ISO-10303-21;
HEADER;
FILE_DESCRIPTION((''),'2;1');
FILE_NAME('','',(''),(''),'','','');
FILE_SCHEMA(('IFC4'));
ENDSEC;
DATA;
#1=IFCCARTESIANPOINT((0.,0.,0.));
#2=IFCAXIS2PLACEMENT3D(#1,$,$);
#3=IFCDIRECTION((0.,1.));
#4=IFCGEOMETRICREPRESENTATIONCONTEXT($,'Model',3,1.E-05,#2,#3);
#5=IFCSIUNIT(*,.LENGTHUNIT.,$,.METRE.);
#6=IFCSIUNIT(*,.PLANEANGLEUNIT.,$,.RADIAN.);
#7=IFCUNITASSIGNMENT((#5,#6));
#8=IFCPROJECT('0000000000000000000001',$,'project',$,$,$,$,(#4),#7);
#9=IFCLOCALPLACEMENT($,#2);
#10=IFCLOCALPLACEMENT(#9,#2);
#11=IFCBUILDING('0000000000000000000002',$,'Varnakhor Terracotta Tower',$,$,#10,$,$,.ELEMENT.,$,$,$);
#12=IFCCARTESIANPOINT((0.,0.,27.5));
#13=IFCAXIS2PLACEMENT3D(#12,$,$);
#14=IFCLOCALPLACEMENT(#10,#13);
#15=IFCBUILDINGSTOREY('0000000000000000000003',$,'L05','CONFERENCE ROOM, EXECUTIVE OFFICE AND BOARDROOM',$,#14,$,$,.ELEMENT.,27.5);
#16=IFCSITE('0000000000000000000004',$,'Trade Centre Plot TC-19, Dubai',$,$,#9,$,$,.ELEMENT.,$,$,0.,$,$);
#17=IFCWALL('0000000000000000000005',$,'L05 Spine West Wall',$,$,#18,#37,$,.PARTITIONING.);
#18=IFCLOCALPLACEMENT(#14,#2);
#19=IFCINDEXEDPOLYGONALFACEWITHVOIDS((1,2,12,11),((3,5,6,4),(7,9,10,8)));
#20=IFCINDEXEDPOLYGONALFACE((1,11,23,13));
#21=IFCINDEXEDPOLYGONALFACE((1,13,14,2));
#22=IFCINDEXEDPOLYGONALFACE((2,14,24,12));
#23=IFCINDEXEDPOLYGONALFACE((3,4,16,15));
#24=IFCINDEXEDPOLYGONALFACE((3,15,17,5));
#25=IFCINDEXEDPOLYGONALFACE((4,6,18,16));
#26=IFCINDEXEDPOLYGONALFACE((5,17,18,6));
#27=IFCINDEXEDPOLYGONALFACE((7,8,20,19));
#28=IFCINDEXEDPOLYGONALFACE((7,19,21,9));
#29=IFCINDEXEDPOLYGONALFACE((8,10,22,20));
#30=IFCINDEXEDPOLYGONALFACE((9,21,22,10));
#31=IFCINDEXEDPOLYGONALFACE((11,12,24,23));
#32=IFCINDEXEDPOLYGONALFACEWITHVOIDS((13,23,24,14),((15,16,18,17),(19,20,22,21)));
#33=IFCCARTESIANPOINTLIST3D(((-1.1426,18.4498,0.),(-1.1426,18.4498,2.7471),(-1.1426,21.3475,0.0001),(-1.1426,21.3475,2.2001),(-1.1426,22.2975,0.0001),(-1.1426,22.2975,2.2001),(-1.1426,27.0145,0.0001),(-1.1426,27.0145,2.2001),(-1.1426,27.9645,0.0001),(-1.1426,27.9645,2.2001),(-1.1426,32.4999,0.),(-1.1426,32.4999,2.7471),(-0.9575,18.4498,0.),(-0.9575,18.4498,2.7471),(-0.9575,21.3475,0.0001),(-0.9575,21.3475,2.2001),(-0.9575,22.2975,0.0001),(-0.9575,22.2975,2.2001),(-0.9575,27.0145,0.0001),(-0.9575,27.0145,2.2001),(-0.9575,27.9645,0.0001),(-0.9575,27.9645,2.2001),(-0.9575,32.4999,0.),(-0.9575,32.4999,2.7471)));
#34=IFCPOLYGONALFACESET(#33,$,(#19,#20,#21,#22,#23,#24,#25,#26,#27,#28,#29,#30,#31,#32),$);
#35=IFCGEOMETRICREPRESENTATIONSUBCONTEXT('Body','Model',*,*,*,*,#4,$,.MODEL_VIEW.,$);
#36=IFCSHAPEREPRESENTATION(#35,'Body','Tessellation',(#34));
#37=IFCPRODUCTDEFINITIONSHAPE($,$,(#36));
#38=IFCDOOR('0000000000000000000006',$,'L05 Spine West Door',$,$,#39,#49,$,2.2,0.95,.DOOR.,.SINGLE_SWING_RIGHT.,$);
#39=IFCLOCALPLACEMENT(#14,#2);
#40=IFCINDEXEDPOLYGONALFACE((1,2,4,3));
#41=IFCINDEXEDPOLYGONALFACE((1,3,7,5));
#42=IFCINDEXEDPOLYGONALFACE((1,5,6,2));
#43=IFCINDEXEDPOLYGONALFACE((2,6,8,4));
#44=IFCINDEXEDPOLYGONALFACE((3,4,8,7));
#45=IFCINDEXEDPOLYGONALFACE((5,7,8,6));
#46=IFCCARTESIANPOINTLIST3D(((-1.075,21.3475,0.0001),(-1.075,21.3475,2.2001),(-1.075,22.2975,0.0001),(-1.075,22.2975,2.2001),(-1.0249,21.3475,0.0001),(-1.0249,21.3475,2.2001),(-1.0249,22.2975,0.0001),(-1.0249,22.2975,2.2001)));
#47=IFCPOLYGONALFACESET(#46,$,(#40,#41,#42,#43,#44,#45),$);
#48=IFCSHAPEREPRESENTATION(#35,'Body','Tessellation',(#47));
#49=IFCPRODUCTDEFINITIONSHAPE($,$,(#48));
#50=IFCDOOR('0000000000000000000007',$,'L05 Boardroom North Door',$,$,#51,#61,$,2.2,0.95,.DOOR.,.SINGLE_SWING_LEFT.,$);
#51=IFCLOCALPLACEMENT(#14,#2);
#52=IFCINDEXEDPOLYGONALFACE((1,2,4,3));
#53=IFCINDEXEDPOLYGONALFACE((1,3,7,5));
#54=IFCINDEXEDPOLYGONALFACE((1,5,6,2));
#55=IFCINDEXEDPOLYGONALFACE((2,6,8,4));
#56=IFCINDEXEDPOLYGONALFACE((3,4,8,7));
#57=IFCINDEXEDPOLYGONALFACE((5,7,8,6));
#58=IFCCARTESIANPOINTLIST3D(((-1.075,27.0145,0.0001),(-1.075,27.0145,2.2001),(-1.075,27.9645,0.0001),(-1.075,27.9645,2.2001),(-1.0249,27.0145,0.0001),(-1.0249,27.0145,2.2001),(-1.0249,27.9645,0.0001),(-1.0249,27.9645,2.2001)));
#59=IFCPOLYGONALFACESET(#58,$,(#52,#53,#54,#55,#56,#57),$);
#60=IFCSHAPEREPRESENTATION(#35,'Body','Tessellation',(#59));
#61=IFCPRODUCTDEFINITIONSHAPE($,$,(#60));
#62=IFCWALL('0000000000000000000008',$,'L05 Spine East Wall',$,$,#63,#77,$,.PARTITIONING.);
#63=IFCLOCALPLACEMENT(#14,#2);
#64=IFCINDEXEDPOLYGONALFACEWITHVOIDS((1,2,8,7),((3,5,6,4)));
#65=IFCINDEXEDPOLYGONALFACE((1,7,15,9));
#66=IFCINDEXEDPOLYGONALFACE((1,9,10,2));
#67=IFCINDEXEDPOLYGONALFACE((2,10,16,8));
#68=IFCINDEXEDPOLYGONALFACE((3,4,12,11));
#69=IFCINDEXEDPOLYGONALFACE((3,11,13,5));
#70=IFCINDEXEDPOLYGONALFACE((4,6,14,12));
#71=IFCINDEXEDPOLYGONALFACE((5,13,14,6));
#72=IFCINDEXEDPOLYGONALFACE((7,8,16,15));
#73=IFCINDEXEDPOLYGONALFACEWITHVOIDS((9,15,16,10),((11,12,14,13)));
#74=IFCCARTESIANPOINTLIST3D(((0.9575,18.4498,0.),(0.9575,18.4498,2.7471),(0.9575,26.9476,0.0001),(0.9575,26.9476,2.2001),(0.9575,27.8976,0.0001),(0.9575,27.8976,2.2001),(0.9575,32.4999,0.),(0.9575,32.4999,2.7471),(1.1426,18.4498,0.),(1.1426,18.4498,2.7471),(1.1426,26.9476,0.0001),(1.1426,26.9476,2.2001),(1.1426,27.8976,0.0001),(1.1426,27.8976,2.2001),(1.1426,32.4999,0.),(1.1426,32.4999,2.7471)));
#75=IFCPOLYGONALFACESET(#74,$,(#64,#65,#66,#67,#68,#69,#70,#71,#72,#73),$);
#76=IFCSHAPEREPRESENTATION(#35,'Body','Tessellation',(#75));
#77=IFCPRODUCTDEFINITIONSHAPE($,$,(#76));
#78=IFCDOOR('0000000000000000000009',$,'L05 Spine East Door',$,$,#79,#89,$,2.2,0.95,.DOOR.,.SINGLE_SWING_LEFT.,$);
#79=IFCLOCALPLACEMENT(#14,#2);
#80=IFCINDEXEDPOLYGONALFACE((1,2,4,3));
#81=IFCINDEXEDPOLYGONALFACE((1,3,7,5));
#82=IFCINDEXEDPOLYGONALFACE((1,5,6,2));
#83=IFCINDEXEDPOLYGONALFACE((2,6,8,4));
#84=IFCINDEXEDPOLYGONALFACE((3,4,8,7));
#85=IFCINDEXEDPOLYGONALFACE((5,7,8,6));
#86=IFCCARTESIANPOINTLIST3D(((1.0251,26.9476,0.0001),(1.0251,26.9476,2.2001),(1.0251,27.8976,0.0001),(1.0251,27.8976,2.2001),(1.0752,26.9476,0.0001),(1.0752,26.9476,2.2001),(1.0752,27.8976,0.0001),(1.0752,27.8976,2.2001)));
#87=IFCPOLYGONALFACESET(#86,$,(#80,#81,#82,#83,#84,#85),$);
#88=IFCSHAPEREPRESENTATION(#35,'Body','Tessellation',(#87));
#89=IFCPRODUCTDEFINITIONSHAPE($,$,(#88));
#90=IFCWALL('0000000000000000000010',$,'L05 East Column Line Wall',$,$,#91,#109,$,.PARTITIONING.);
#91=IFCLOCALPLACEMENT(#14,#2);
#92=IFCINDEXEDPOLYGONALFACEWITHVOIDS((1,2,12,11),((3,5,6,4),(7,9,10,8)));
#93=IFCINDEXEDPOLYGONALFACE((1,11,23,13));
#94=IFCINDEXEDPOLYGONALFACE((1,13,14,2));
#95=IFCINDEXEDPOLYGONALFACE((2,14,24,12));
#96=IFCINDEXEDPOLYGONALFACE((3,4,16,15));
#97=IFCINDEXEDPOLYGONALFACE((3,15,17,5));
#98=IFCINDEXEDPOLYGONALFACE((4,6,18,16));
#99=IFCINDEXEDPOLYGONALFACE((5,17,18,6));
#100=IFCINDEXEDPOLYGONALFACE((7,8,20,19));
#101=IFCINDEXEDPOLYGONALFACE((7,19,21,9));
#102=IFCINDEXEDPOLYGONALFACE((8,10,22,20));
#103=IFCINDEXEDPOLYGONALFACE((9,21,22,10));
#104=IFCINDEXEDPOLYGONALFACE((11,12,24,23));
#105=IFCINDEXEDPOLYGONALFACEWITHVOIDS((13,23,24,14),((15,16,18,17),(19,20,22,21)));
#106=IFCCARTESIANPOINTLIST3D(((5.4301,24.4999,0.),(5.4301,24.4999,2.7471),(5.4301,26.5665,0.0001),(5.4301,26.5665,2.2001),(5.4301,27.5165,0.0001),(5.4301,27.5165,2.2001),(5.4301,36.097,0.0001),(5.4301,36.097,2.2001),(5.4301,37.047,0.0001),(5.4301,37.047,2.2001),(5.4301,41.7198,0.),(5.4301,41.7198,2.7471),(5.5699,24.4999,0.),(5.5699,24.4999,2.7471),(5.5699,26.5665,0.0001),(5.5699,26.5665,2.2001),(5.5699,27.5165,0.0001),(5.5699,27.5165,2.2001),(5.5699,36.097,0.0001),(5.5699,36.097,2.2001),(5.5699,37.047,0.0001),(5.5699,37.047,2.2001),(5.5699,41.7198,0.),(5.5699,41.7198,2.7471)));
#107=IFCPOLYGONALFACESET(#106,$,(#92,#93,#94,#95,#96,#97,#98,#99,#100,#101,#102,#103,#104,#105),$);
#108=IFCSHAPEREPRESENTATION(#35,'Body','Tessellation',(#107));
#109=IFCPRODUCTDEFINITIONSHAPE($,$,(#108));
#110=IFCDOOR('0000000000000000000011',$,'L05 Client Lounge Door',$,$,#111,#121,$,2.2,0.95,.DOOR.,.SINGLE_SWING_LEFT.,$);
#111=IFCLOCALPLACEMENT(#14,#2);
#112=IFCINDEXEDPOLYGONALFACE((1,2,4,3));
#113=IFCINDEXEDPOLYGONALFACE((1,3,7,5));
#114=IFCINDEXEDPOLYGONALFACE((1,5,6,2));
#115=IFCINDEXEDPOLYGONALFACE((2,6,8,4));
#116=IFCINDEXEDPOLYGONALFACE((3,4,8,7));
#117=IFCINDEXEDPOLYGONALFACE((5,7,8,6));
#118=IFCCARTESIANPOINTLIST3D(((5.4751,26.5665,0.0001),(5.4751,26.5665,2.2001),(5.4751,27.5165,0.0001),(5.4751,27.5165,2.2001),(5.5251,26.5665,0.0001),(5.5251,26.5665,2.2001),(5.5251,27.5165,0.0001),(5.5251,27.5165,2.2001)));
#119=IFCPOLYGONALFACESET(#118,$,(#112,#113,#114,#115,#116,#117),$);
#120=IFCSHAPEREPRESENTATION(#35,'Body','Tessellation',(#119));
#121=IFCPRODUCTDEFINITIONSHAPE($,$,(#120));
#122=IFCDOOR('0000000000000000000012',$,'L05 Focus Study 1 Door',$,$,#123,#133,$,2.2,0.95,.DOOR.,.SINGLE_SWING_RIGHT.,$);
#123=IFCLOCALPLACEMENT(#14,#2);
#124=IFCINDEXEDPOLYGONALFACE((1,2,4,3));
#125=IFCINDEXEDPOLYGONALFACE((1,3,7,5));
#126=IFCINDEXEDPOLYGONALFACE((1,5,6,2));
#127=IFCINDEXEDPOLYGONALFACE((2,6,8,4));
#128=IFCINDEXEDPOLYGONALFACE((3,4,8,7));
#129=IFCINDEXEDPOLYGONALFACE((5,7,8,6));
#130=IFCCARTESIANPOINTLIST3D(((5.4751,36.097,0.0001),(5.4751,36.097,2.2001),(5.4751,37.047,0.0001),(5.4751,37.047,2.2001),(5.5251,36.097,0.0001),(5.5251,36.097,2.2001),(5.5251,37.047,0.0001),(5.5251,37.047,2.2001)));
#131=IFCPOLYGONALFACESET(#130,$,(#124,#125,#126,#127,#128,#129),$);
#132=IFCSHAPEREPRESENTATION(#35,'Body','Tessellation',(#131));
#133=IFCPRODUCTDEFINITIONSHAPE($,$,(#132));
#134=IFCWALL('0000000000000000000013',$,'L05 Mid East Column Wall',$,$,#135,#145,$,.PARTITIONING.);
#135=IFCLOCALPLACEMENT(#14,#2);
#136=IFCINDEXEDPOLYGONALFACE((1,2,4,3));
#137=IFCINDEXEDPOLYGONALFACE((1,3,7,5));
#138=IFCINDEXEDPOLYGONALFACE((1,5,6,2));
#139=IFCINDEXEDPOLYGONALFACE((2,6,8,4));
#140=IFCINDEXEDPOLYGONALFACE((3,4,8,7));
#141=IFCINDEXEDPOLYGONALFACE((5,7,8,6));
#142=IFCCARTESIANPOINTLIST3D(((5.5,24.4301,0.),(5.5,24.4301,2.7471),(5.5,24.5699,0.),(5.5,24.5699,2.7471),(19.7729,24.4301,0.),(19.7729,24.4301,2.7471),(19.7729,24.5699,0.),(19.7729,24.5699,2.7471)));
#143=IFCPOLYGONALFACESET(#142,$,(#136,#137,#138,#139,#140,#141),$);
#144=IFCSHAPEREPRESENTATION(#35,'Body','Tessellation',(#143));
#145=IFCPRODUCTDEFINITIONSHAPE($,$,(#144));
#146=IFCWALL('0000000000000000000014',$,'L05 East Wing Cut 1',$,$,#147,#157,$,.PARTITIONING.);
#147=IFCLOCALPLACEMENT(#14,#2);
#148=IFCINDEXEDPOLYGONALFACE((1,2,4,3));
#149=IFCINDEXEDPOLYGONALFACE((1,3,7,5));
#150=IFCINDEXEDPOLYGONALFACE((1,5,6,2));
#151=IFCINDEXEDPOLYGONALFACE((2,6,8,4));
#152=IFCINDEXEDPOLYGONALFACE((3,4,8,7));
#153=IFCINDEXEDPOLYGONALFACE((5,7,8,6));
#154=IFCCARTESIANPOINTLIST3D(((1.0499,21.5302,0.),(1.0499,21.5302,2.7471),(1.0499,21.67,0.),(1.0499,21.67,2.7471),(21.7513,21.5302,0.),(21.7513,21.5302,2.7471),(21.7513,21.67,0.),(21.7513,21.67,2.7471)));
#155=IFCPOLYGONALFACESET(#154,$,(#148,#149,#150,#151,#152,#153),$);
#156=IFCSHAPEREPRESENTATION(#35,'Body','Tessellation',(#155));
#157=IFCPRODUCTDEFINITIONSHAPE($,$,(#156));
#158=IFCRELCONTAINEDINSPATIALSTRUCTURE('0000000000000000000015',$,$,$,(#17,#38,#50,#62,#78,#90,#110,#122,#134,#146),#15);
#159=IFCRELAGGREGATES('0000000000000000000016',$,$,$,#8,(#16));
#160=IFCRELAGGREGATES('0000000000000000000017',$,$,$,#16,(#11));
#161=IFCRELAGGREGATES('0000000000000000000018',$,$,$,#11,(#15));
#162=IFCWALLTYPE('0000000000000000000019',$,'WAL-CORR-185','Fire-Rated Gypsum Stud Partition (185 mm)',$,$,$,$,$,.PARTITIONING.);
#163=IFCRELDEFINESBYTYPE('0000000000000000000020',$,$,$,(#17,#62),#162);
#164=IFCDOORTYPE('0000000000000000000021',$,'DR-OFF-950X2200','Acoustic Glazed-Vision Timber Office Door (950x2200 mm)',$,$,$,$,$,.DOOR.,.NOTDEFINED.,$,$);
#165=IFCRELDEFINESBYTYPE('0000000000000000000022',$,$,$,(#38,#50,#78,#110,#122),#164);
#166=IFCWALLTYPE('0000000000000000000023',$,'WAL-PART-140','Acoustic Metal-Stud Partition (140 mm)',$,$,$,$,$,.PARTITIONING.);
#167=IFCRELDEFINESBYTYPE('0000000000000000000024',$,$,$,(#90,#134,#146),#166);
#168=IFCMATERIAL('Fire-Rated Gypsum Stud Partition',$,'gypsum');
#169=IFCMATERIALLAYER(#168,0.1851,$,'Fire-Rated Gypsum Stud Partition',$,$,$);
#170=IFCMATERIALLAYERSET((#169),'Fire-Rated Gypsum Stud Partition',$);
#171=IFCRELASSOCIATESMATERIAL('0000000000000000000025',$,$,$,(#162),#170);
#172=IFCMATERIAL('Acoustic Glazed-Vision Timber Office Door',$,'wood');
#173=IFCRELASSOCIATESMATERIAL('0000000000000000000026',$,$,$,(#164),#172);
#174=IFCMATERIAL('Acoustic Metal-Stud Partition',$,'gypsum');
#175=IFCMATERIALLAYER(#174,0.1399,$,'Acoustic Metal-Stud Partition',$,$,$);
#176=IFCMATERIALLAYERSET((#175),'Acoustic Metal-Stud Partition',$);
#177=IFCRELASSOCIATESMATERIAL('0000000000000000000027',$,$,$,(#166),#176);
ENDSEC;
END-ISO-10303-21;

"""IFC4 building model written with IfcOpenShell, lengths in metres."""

from ifc_helpers import new_model, si_unit, direction, frame, frame_2d, origin, place, context, subcontext, project, spatial, rectangle, extrude, source, transform, mapped, material, layer, layer_set, type_object, type_shapes, element, fill, save


model = new_model("IFC4")

# Units and contexts
model_context = context("Model", 3, precision=1e-05, world=origin(), true_north=direction((0.0, 1.0)))
body_context = subcontext(model_context, "Body", "Model", "MODEL_VIEW")
ifc_project = project(units=[si_unit("LENGTHUNIT", "METRE"), si_unit("PLANEANGLEUNIT", "RADIAN")], contexts=[model_context])

# Site, building, storey
site_placement = place(None, origin())
site = spatial("IfcSite", under=ifc_project, at=site_placement, Name="Trade Centre Plot TC-19, Dubai", CompositionType="ELEMENT", RefElevation=0.0)
building_placement = place(site_placement, origin())
building = spatial("IfcBuilding", under=site, at=building_placement, Name="Varnakhor Terracotta Tower", CompositionType="ELEMENT")
storey_placement = place(building_placement, frame((0.0, 0.0, 27.5)))
storey = spatial("IfcBuildingStorey", under=building, at=storey_placement, Name="L05", Description="CONFERENCE ROOM, EXECUTIVE OFFICE AND BOARDROOM", CompositionType="ELEMENT", Elevation=27.5)

# Shared definitions
ifc_material_1 = material(Name="Fire-Rated Gypsum Stud Partition", Category="gypsum")
ifc_layer_1 = layer(ifc_material_1, 0.1851, Name="Fire-Rated Gypsum Stud Partition")
ifc_layer_set_1 = layer_set([ifc_layer_1], Name="Fire-Rated Gypsum Stud Partition")
wall_type_1 = type_object("IfcWallType", Name="WAL-CORR-185", Description="Fire-Rated Gypsum Stud Partition (185 mm)", PredefinedType="PARTITIONING", material=ifc_layer_set_1)
ifc_material_2 = material(Name="Acoustic Glazed-Vision Timber Office Door", Category="wood")
door_type_1 = type_object("IfcDoorType", Name="DR-OFF-950X2200", Description="Acoustic Glazed-Vision Timber Office Door (950x2200 mm)", OperationType="NOTDEFINED", PredefinedType="DOOR", material=ifc_material_2)
shared_shape_1 = source(origin(), body_context, "Body", "SweptSolid", [
    extrude(rectangle(XDim=0.95, YDim=2.2, at=frame_2d((0.4751, 1.1001))), frame((0.0, 0.0249, 0.0), z_axis=(0.0, -1.0, 0.0), x_axis=(1.0, 0.0, 0.0)), (0.0, 0.0, 1.0), 0.05),
])
type_shapes(door_type_1, [shared_shape_1])

# Wall, openings, doors
wall_1_placement = place(storey_placement, frame((-1.05, 18.45, 0.0), z_axis=(0.0, 0.0, 1.0), x_axis=(0.0, 1.0, 0.0)))
wall_1 = element("IfcWall", 1, at=wall_1_placement, inside=storey, type_object=wall_type_1, Name="L05 Spine West Wall", PredefinedType="PARTITIONING", context=body_context, shape_type="SweptSolid", body=[
    extrude(rectangle(XDim=14.05, YDim=0.1851, at=frame_2d((7.0249, 0.0))), origin(), (0.0, 0.0, 1.0), 2.7471),
])
opening_1_placement = place(wall_1_placement, frame((2.8975, 0.0, 0.0)))
opening_1 = element("IfcOpeningElement", 2, at=opening_1_placement, cuts=wall_1, PredefinedType="OPENING", context=body_context, shape_type="SweptSolid", body=[
    extrude(rectangle(XDim=0.95, YDim=2.2, at=frame_2d((0.4751, 1.1001))), frame((0.0, 0.1025, 0.0), z_axis=(0.0, -1.0, 0.0), x_axis=(1.0, 0.0, 0.0)), (0.0, 0.0, 1.0), 0.2051),
])
opening_2_placement = place(wall_1_placement, frame((8.5645, 0.0, 0.0)))
opening_2 = element("IfcOpeningElement", 3, at=opening_2_placement, cuts=wall_1, PredefinedType="OPENING", context=body_context, shape_type="SweptSolid", body=[
    extrude(rectangle(XDim=0.95, YDim=2.2, at=frame_2d((0.4751, 1.1001))), frame((0.0, 0.1025, 0.0), z_axis=(0.0, -1.0, 0.0), x_axis=(1.0, 0.0, 0.0)), (0.0, 0.0, 1.0), 0.2051),
])
door_1_placement = place(opening_1_placement, origin())
door_1 = element("IfcDoor", 4, at=door_1_placement, inside=storey, type_object=door_type_1, Name="L05 Spine West Door", OperationType="SINGLE_SWING_RIGHT", OverallHeight=2.2, OverallWidth=0.95, PredefinedType="DOOR", context=body_context, shape_type="MappedRepresentation", body=[
    mapped(shared_shape_1, transform((0.0, 0.0, 0.0), scale=1.0)),
])
fill(opening_1, door_1)
door_2_placement = place(opening_2_placement, origin())
door_2 = element("IfcDoor", 5, at=door_2_placement, inside=storey, type_object=door_type_1, Name="L05 Boardroom North Door", OperationType="SINGLE_SWING_LEFT", OverallHeight=2.2, OverallWidth=0.95, PredefinedType="DOOR", context=body_context, shape_type="MappedRepresentation", body=[
    mapped(shared_shape_1, transform((0.0, 0.0, 0.0), scale=1.0)),
])
fill(opening_2, door_2)

# Wall, opening, door
wall_2_placement = place(storey_placement, frame((1.05, 18.45, 0.0), z_axis=(0.0, 0.0, 1.0), x_axis=(0.0, 1.0, 0.0)))
wall_2 = element("IfcWall", 6, at=wall_2_placement, inside=storey, type_object=wall_type_1, Name="L05 Spine East Wall", PredefinedType="PARTITIONING", context=body_context, shape_type="SweptSolid", body=[
    extrude(rectangle(XDim=14.05, YDim=0.1851, at=frame_2d((7.0249, 0.0))), origin(), (0.0, 0.0, 1.0), 2.7471),
])
opening_3_placement = place(wall_2_placement, frame((8.4976, 0.0, 0.0)))
opening_3 = element("IfcOpeningElement", 7, at=opening_3_placement, cuts=wall_2, PredefinedType="OPENING", context=body_context, shape_type="SweptSolid", body=[
    extrude(rectangle(XDim=0.95, YDim=2.2, at=frame_2d((0.4751, 1.1001))), frame((0.0, 0.1025, 0.0), z_axis=(0.0, -1.0, 0.0), x_axis=(1.0, 0.0, 0.0)), (0.0, 0.0, 1.0), 0.2051),
])
door_3_placement = place(opening_3_placement, origin())
door_3 = element("IfcDoor", 8, at=door_3_placement, inside=storey, type_object=door_type_1, Name="L05 Spine East Door", OperationType="SINGLE_SWING_LEFT", OverallHeight=2.2, OverallWidth=0.95, PredefinedType="DOOR", context=body_context, shape_type="MappedRepresentation", body=[
    mapped(shared_shape_1, transform((0.0, 0.0, 0.0), scale=1.0)),
])
fill(opening_3, door_3)

# Wall, openings, doors
ifc_material_3 = material(Name="Acoustic Metal-Stud Partition", Category="gypsum")
ifc_layer_2 = layer(ifc_material_3, 0.1399, Name="Acoustic Metal-Stud Partition")
ifc_layer_set_2 = layer_set([ifc_layer_2], Name="Acoustic Metal-Stud Partition")
wall_type_2 = type_object("IfcWallType", Name="WAL-PART-140", Description="Acoustic Metal-Stud Partition (140 mm)", PredefinedType="PARTITIONING", material=ifc_layer_set_2)
wall_3_placement = place(storey_placement, frame((5.5, 24.5, 0.0), z_axis=(0.0, 0.0, 1.0), x_axis=(0.0, 1.0, 0.0)))
wall_3 = element("IfcWall", 9, at=wall_3_placement, inside=storey, type_object=wall_type_2, Name="L05 East Column Line Wall", PredefinedType="PARTITIONING", context=body_context, shape_type="SweptSolid", body=[
    extrude(rectangle(XDim=17.22, YDim=0.1399, at=frame_2d((8.6099, 0.0))), origin(), (0.0, 0.0, 1.0), 2.7471),
])
opening_4_placement = place(wall_3_placement, frame((2.0664, 0.0, 0.0)))
opening_4 = element("IfcOpeningElement", 10, at=opening_4_placement, cuts=wall_3, PredefinedType="OPENING", context=body_context, shape_type="SweptSolid", body=[
    extrude(rectangle(XDim=0.95, YDim=2.2, at=frame_2d((0.4751, 1.1001))), frame((0.0, 0.0801, 0.0), z_axis=(0.0, -1.0, 0.0), x_axis=(1.0, 0.0, 0.0)), (0.0, 0.0, 1.0), 0.1599),
])
opening_5_placement = place(wall_3_placement, frame((11.5969, 0.0, 0.0)))
opening_5 = element("IfcOpeningElement", 11, at=opening_5_placement, cuts=wall_3, PredefinedType="OPENING", context=body_context, shape_type="SweptSolid", body=[
    extrude(rectangle(XDim=0.95, YDim=2.2, at=frame_2d((0.4751, 1.1001))), frame((0.0, 0.0801, 0.0), z_axis=(0.0, -1.0, 0.0), x_axis=(1.0, 0.0, 0.0)), (0.0, 0.0, 1.0), 0.1599),
])
door_4_placement = place(opening_4_placement, origin())
door_4 = element("IfcDoor", 12, at=door_4_placement, inside=storey, type_object=door_type_1, Name="L05 Client Lounge Door", OperationType="SINGLE_SWING_LEFT", OverallHeight=2.2, OverallWidth=0.95, PredefinedType="DOOR", context=body_context, shape_type="MappedRepresentation", body=[
    mapped(shared_shape_1, transform((0.0, 0.0, 0.0), scale=1.0)),
])
fill(opening_4, door_4)
door_5_placement = place(opening_5_placement, origin())
door_5 = element("IfcDoor", 13, at=door_5_placement, inside=storey, type_object=door_type_1, Name="L05 Focus Study 1 Door", OperationType="SINGLE_SWING_RIGHT", OverallHeight=2.2, OverallWidth=0.95, PredefinedType="DOOR", context=body_context, shape_type="MappedRepresentation", body=[
    mapped(shared_shape_1, transform((0.0, 0.0, 0.0), scale=1.0)),
])
fill(opening_5, door_5)

# Walls
wall_4_placement = place(storey_placement, frame((5.5, 24.5, 0.0), z_axis=(0.0, 0.0, 1.0), x_axis=(1.0, 0.0, 0.0)))
element("IfcWall", 14, at=wall_4_placement, inside=storey, type_object=wall_type_2, Name="L05 Mid East Column Wall", PredefinedType="PARTITIONING", context=body_context, shape_type="SweptSolid", body=[
    extrude(rectangle(XDim=14.2729, YDim=0.1399, at=frame_2d((7.1365, 0.0))), origin(), (0.0, 0.0, 1.0), 2.7471),
])
wall_5_placement = place(storey_placement, frame((1.05, 21.6001, 0.0), z_axis=(0.0, 0.0, 1.0), x_axis=(1.0, 0.0, 0.0)))
element("IfcWall", 15, at=wall_5_placement, inside=storey, type_object=wall_type_2, Name="L05 East Wing Cut 1", PredefinedType="PARTITIONING", context=body_context, shape_type="SweptSolid", body=[
    extrude(rectangle(XDim=20.7014, YDim=0.1399, at=frame_2d((10.3506, 0.0))), origin(), (0.0, 0.0, 1.0), 2.7471),
])

save(model, "model.ifc")
